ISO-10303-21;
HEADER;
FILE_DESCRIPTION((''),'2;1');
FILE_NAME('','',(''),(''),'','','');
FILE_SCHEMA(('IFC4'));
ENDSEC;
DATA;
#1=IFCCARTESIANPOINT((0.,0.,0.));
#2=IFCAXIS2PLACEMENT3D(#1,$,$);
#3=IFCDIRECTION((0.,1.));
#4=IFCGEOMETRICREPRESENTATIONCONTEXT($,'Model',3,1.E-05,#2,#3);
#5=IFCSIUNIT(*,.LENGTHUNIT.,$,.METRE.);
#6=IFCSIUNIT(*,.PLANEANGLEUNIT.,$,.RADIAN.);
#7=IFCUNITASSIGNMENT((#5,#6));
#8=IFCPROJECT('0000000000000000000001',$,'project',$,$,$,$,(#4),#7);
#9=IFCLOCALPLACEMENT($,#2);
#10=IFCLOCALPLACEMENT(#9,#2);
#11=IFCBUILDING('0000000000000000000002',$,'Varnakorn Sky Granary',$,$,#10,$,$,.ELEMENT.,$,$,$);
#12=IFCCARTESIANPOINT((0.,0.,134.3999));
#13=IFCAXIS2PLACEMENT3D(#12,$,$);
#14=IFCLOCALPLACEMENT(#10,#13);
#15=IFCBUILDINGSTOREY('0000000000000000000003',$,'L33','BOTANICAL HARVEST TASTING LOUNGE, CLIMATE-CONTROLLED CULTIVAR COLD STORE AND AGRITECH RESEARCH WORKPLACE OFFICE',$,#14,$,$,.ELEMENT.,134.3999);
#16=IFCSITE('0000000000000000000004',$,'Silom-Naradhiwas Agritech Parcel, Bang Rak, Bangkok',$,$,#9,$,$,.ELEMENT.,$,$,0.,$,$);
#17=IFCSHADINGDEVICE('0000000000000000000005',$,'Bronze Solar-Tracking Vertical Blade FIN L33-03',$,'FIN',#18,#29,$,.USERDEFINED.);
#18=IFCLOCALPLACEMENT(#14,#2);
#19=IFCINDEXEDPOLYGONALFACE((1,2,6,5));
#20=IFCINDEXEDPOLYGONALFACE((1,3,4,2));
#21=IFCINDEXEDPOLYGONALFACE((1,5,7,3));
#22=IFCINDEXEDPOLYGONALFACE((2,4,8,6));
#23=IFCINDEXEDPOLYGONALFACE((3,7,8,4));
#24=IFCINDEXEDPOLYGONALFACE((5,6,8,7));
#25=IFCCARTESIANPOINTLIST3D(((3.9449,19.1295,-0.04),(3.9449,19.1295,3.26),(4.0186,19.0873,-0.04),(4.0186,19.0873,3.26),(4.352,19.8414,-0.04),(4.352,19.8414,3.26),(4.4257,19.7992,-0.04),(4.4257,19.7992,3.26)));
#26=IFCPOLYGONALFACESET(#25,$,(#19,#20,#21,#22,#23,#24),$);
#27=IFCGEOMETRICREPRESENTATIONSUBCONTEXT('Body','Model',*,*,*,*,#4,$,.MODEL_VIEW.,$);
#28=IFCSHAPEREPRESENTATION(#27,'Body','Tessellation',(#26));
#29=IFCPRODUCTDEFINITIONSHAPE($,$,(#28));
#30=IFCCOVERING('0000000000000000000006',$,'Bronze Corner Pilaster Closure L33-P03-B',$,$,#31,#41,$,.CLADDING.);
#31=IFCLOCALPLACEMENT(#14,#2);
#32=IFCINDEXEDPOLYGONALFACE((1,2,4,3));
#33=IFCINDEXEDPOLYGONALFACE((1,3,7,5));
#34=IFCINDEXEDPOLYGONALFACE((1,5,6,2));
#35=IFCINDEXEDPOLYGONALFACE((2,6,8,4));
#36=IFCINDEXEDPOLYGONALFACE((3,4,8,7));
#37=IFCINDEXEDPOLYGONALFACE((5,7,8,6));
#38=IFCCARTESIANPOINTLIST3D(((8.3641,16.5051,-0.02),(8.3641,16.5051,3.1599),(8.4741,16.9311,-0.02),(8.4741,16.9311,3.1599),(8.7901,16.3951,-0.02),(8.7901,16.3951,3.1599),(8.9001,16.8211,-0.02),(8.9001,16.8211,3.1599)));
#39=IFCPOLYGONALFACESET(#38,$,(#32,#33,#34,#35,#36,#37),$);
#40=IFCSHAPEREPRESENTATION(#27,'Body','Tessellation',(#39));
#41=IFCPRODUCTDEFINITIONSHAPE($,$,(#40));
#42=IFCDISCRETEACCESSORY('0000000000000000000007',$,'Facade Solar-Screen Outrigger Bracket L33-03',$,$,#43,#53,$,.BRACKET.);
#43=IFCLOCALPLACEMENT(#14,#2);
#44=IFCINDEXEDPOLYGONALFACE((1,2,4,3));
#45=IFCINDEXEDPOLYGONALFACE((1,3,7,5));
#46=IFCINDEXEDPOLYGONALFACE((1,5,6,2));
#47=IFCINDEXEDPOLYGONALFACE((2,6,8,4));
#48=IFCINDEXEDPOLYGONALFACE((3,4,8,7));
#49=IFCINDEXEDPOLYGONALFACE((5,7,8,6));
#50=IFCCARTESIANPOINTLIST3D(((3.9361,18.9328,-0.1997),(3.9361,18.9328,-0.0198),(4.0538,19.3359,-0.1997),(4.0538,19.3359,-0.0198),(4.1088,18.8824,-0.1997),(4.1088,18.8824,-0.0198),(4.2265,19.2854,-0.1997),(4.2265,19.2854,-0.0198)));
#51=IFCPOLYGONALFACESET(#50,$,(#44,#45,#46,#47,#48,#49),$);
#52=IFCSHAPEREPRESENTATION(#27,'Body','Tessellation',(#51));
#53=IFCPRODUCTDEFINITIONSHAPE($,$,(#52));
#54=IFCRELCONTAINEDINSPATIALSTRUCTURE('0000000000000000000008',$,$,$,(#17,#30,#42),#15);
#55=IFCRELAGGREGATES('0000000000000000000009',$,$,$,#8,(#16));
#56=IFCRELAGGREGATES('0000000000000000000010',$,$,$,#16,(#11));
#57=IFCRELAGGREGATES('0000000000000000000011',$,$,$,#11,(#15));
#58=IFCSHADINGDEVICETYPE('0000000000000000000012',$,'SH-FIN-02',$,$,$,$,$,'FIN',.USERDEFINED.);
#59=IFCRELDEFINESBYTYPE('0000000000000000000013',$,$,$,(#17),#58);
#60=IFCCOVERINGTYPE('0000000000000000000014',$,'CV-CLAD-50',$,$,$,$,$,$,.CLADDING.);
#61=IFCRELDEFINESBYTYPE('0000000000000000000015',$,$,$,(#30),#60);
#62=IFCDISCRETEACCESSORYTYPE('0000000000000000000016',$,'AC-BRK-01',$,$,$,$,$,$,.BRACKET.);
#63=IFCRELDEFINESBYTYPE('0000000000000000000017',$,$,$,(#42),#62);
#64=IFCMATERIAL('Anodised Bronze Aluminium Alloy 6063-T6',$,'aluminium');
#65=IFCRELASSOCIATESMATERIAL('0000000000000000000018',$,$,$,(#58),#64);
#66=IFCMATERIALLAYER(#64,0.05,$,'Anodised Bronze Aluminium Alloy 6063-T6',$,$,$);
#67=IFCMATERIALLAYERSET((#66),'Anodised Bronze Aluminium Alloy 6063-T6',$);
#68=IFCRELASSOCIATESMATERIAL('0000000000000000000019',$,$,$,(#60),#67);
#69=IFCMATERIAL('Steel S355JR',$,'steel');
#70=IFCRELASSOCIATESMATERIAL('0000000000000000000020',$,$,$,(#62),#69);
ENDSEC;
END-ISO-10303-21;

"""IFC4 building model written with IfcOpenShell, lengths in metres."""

from ifc_helpers import new_model, si_unit, direction, frame, origin, origin_2d, place, context, subcontext, project, spatial, rectangle, extrude, source, transform, mapped, material, layer, layer_set, type_object, type_shapes, element, save


model = new_model("IFC4")

# Units and contexts
model_context = context("Model", 3, precision=1e-05, world=origin(), true_north=direction((0.0, 1.0)))
body_context = subcontext(model_context, "Body", "Model", "MODEL_VIEW")
ifc_project = project(units=[si_unit("LENGTHUNIT", "METRE"), si_unit("PLANEANGLEUNIT", "RADIAN")], contexts=[model_context])

# Site, building, storey
site_placement = place(None, origin())
site = spatial("IfcSite", under=ifc_project, at=site_placement, Name="Silom-Naradhiwas Agritech Parcel, Bang Rak, Bangkok", CompositionType="ELEMENT", RefElevation=0.0)
building_placement = place(site_placement, origin())
building = spatial("IfcBuilding", under=site, at=building_placement, Name="Varnakorn Sky Granary", CompositionType="ELEMENT")
storey_placement = place(building_placement, frame((0.0, 0.0, 134.3999)))
storey = spatial("IfcBuildingStorey", under=building, at=storey_placement, Name="L33", Description="BOTANICAL HARVEST TASTING LOUNGE, CLIMATE-CONTROLLED CULTIVAR COLD STORE AND AGRITECH RESEARCH WORKPLACE OFFICE", CompositionType="ELEMENT", Elevation=134.3999)

# Shared definitions
ifc_material_1 = material(Name="Steel S355JR", Category="steel")

# Shared definitions
ifc_material_2 = material(Name="Anodised Bronze Aluminium Alloy 6063-T6", Category="aluminium")

# Shading device
shading_device_type = type_object("IfcShadingDeviceType", Name="SH-FIN-02", ElementType="FIN", PredefinedType="USERDEFINED", material=ifc_material_2)
shared_shape_1 = source(origin(), body_context, "Body", "SweptSolid", [
    extrude(rectangle(XDim=0.085, YDim=0.8201, at=origin_2d()), origin(), (0.0, 0.0, 1.0), 3.3),
])
type_shapes(shading_device_type, [shared_shape_1])
shading_device_placement = place(storey_placement, frame((4.1853, 19.4644, -0.04), z_axis=(0.0, 0.0, 1.0), x_axis=(-0.868054, 0.49647, 0.0)))
element("IfcShadingDevice", 1, at=shading_device_placement, inside=storey, type_object=shading_device_type, Name="Bronze Solar-Tracking Vertical Blade FIN L33-03", ObjectType="FIN", PredefinedType="USERDEFINED", context=body_context, shape_type="MappedRepresentation", body=[
    mapped(shared_shape_1, transform((0.0, 0.0, 0.0), x_axis=(1.0, 0.0, 0.0), y_axis=(0.0, 1.0, 0.0), z_axis=(0.0, 0.0, 1.0), scale=1.0)),
])

# Covering
ifc_layer_1 = layer(ifc_material_2, 0.05, Name="Anodised Bronze Aluminium Alloy 6063-T6")
ifc_layer_set_1 = layer_set([ifc_layer_1], Name="Anodised Bronze Aluminium Alloy 6063-T6")
covering_type = type_object("IfcCoveringType", Name="CV-CLAD-50", PredefinedType="CLADDING", material=ifc_layer_set_1)
shared_shape_2 = source(origin(), body_context, "Body", "SweptSolid", [
    extrude(rectangle(XDim=0.4399, YDim=0.4399, at=origin_2d()), origin(), (0.0, 0.0, 1.0), 3.1799),
])
type_shapes(covering_type, [shared_shape_2])
covering_placement = place(storey_placement, frame((8.6321, 16.6631, -0.02), z_axis=(0.0, 0.0, 1.0), x_axis=(0.968235, -0.250042, 0.0)))
element("IfcCovering", 2, at=covering_placement, inside=storey, type_object=covering_type, Name="Bronze Corner Pilaster Closure L33-P03-B", PredefinedType="CLADDING", context=body_context, shape_type="MappedRepresentation", body=[
    mapped(shared_shape_2, transform((0.0, 0.0, 0.0), x_axis=(1.0, 0.0, 0.0), y_axis=(0.0, 1.0, 0.0), z_axis=(0.0, 0.0, 1.0), scale=1.0)),
])

# Discrete accessory
discrete_accessory_type = type_object("IfcDiscreteAccessoryType", Name="AC-BRK-01", PredefinedType="BRACKET", material=ifc_material_1)
shared_shape_3 = source(origin(), body_context, "Body", "SweptSolid", [
    extrude(rectangle(XDim=0.1799, YDim=0.4199, at=origin_2d()), origin(), (0.0, 0.0, 1.0), 0.1799),
])
type_shapes(discrete_accessory_type, [shared_shape_3])
discrete_accessory_placement = place(storey_placement, frame((4.0813, 19.1091, -0.1997), z_axis=(0.0, 0.0, 1.0), x_axis=(-0.959893, 0.280367, 0.0)))
element("IfcDiscreteAccessory", 3, at=discrete_accessory_placement, inside=storey, type_object=discrete_accessory_type, Name="Facade Solar-Screen Outrigger Bracket L33-03", PredefinedType="BRACKET", context=body_context, shape_type="MappedRepresentation", body=[
    mapped(shared_shape_3, transform((0.0, 0.0, 0.0), x_axis=(1.0, 0.0, 0.0), y_axis=(0.0, 1.0, 0.0), z_axis=(0.0, 0.0, 1.0), scale=1.0)),
])

save(model, "model.ifc")
